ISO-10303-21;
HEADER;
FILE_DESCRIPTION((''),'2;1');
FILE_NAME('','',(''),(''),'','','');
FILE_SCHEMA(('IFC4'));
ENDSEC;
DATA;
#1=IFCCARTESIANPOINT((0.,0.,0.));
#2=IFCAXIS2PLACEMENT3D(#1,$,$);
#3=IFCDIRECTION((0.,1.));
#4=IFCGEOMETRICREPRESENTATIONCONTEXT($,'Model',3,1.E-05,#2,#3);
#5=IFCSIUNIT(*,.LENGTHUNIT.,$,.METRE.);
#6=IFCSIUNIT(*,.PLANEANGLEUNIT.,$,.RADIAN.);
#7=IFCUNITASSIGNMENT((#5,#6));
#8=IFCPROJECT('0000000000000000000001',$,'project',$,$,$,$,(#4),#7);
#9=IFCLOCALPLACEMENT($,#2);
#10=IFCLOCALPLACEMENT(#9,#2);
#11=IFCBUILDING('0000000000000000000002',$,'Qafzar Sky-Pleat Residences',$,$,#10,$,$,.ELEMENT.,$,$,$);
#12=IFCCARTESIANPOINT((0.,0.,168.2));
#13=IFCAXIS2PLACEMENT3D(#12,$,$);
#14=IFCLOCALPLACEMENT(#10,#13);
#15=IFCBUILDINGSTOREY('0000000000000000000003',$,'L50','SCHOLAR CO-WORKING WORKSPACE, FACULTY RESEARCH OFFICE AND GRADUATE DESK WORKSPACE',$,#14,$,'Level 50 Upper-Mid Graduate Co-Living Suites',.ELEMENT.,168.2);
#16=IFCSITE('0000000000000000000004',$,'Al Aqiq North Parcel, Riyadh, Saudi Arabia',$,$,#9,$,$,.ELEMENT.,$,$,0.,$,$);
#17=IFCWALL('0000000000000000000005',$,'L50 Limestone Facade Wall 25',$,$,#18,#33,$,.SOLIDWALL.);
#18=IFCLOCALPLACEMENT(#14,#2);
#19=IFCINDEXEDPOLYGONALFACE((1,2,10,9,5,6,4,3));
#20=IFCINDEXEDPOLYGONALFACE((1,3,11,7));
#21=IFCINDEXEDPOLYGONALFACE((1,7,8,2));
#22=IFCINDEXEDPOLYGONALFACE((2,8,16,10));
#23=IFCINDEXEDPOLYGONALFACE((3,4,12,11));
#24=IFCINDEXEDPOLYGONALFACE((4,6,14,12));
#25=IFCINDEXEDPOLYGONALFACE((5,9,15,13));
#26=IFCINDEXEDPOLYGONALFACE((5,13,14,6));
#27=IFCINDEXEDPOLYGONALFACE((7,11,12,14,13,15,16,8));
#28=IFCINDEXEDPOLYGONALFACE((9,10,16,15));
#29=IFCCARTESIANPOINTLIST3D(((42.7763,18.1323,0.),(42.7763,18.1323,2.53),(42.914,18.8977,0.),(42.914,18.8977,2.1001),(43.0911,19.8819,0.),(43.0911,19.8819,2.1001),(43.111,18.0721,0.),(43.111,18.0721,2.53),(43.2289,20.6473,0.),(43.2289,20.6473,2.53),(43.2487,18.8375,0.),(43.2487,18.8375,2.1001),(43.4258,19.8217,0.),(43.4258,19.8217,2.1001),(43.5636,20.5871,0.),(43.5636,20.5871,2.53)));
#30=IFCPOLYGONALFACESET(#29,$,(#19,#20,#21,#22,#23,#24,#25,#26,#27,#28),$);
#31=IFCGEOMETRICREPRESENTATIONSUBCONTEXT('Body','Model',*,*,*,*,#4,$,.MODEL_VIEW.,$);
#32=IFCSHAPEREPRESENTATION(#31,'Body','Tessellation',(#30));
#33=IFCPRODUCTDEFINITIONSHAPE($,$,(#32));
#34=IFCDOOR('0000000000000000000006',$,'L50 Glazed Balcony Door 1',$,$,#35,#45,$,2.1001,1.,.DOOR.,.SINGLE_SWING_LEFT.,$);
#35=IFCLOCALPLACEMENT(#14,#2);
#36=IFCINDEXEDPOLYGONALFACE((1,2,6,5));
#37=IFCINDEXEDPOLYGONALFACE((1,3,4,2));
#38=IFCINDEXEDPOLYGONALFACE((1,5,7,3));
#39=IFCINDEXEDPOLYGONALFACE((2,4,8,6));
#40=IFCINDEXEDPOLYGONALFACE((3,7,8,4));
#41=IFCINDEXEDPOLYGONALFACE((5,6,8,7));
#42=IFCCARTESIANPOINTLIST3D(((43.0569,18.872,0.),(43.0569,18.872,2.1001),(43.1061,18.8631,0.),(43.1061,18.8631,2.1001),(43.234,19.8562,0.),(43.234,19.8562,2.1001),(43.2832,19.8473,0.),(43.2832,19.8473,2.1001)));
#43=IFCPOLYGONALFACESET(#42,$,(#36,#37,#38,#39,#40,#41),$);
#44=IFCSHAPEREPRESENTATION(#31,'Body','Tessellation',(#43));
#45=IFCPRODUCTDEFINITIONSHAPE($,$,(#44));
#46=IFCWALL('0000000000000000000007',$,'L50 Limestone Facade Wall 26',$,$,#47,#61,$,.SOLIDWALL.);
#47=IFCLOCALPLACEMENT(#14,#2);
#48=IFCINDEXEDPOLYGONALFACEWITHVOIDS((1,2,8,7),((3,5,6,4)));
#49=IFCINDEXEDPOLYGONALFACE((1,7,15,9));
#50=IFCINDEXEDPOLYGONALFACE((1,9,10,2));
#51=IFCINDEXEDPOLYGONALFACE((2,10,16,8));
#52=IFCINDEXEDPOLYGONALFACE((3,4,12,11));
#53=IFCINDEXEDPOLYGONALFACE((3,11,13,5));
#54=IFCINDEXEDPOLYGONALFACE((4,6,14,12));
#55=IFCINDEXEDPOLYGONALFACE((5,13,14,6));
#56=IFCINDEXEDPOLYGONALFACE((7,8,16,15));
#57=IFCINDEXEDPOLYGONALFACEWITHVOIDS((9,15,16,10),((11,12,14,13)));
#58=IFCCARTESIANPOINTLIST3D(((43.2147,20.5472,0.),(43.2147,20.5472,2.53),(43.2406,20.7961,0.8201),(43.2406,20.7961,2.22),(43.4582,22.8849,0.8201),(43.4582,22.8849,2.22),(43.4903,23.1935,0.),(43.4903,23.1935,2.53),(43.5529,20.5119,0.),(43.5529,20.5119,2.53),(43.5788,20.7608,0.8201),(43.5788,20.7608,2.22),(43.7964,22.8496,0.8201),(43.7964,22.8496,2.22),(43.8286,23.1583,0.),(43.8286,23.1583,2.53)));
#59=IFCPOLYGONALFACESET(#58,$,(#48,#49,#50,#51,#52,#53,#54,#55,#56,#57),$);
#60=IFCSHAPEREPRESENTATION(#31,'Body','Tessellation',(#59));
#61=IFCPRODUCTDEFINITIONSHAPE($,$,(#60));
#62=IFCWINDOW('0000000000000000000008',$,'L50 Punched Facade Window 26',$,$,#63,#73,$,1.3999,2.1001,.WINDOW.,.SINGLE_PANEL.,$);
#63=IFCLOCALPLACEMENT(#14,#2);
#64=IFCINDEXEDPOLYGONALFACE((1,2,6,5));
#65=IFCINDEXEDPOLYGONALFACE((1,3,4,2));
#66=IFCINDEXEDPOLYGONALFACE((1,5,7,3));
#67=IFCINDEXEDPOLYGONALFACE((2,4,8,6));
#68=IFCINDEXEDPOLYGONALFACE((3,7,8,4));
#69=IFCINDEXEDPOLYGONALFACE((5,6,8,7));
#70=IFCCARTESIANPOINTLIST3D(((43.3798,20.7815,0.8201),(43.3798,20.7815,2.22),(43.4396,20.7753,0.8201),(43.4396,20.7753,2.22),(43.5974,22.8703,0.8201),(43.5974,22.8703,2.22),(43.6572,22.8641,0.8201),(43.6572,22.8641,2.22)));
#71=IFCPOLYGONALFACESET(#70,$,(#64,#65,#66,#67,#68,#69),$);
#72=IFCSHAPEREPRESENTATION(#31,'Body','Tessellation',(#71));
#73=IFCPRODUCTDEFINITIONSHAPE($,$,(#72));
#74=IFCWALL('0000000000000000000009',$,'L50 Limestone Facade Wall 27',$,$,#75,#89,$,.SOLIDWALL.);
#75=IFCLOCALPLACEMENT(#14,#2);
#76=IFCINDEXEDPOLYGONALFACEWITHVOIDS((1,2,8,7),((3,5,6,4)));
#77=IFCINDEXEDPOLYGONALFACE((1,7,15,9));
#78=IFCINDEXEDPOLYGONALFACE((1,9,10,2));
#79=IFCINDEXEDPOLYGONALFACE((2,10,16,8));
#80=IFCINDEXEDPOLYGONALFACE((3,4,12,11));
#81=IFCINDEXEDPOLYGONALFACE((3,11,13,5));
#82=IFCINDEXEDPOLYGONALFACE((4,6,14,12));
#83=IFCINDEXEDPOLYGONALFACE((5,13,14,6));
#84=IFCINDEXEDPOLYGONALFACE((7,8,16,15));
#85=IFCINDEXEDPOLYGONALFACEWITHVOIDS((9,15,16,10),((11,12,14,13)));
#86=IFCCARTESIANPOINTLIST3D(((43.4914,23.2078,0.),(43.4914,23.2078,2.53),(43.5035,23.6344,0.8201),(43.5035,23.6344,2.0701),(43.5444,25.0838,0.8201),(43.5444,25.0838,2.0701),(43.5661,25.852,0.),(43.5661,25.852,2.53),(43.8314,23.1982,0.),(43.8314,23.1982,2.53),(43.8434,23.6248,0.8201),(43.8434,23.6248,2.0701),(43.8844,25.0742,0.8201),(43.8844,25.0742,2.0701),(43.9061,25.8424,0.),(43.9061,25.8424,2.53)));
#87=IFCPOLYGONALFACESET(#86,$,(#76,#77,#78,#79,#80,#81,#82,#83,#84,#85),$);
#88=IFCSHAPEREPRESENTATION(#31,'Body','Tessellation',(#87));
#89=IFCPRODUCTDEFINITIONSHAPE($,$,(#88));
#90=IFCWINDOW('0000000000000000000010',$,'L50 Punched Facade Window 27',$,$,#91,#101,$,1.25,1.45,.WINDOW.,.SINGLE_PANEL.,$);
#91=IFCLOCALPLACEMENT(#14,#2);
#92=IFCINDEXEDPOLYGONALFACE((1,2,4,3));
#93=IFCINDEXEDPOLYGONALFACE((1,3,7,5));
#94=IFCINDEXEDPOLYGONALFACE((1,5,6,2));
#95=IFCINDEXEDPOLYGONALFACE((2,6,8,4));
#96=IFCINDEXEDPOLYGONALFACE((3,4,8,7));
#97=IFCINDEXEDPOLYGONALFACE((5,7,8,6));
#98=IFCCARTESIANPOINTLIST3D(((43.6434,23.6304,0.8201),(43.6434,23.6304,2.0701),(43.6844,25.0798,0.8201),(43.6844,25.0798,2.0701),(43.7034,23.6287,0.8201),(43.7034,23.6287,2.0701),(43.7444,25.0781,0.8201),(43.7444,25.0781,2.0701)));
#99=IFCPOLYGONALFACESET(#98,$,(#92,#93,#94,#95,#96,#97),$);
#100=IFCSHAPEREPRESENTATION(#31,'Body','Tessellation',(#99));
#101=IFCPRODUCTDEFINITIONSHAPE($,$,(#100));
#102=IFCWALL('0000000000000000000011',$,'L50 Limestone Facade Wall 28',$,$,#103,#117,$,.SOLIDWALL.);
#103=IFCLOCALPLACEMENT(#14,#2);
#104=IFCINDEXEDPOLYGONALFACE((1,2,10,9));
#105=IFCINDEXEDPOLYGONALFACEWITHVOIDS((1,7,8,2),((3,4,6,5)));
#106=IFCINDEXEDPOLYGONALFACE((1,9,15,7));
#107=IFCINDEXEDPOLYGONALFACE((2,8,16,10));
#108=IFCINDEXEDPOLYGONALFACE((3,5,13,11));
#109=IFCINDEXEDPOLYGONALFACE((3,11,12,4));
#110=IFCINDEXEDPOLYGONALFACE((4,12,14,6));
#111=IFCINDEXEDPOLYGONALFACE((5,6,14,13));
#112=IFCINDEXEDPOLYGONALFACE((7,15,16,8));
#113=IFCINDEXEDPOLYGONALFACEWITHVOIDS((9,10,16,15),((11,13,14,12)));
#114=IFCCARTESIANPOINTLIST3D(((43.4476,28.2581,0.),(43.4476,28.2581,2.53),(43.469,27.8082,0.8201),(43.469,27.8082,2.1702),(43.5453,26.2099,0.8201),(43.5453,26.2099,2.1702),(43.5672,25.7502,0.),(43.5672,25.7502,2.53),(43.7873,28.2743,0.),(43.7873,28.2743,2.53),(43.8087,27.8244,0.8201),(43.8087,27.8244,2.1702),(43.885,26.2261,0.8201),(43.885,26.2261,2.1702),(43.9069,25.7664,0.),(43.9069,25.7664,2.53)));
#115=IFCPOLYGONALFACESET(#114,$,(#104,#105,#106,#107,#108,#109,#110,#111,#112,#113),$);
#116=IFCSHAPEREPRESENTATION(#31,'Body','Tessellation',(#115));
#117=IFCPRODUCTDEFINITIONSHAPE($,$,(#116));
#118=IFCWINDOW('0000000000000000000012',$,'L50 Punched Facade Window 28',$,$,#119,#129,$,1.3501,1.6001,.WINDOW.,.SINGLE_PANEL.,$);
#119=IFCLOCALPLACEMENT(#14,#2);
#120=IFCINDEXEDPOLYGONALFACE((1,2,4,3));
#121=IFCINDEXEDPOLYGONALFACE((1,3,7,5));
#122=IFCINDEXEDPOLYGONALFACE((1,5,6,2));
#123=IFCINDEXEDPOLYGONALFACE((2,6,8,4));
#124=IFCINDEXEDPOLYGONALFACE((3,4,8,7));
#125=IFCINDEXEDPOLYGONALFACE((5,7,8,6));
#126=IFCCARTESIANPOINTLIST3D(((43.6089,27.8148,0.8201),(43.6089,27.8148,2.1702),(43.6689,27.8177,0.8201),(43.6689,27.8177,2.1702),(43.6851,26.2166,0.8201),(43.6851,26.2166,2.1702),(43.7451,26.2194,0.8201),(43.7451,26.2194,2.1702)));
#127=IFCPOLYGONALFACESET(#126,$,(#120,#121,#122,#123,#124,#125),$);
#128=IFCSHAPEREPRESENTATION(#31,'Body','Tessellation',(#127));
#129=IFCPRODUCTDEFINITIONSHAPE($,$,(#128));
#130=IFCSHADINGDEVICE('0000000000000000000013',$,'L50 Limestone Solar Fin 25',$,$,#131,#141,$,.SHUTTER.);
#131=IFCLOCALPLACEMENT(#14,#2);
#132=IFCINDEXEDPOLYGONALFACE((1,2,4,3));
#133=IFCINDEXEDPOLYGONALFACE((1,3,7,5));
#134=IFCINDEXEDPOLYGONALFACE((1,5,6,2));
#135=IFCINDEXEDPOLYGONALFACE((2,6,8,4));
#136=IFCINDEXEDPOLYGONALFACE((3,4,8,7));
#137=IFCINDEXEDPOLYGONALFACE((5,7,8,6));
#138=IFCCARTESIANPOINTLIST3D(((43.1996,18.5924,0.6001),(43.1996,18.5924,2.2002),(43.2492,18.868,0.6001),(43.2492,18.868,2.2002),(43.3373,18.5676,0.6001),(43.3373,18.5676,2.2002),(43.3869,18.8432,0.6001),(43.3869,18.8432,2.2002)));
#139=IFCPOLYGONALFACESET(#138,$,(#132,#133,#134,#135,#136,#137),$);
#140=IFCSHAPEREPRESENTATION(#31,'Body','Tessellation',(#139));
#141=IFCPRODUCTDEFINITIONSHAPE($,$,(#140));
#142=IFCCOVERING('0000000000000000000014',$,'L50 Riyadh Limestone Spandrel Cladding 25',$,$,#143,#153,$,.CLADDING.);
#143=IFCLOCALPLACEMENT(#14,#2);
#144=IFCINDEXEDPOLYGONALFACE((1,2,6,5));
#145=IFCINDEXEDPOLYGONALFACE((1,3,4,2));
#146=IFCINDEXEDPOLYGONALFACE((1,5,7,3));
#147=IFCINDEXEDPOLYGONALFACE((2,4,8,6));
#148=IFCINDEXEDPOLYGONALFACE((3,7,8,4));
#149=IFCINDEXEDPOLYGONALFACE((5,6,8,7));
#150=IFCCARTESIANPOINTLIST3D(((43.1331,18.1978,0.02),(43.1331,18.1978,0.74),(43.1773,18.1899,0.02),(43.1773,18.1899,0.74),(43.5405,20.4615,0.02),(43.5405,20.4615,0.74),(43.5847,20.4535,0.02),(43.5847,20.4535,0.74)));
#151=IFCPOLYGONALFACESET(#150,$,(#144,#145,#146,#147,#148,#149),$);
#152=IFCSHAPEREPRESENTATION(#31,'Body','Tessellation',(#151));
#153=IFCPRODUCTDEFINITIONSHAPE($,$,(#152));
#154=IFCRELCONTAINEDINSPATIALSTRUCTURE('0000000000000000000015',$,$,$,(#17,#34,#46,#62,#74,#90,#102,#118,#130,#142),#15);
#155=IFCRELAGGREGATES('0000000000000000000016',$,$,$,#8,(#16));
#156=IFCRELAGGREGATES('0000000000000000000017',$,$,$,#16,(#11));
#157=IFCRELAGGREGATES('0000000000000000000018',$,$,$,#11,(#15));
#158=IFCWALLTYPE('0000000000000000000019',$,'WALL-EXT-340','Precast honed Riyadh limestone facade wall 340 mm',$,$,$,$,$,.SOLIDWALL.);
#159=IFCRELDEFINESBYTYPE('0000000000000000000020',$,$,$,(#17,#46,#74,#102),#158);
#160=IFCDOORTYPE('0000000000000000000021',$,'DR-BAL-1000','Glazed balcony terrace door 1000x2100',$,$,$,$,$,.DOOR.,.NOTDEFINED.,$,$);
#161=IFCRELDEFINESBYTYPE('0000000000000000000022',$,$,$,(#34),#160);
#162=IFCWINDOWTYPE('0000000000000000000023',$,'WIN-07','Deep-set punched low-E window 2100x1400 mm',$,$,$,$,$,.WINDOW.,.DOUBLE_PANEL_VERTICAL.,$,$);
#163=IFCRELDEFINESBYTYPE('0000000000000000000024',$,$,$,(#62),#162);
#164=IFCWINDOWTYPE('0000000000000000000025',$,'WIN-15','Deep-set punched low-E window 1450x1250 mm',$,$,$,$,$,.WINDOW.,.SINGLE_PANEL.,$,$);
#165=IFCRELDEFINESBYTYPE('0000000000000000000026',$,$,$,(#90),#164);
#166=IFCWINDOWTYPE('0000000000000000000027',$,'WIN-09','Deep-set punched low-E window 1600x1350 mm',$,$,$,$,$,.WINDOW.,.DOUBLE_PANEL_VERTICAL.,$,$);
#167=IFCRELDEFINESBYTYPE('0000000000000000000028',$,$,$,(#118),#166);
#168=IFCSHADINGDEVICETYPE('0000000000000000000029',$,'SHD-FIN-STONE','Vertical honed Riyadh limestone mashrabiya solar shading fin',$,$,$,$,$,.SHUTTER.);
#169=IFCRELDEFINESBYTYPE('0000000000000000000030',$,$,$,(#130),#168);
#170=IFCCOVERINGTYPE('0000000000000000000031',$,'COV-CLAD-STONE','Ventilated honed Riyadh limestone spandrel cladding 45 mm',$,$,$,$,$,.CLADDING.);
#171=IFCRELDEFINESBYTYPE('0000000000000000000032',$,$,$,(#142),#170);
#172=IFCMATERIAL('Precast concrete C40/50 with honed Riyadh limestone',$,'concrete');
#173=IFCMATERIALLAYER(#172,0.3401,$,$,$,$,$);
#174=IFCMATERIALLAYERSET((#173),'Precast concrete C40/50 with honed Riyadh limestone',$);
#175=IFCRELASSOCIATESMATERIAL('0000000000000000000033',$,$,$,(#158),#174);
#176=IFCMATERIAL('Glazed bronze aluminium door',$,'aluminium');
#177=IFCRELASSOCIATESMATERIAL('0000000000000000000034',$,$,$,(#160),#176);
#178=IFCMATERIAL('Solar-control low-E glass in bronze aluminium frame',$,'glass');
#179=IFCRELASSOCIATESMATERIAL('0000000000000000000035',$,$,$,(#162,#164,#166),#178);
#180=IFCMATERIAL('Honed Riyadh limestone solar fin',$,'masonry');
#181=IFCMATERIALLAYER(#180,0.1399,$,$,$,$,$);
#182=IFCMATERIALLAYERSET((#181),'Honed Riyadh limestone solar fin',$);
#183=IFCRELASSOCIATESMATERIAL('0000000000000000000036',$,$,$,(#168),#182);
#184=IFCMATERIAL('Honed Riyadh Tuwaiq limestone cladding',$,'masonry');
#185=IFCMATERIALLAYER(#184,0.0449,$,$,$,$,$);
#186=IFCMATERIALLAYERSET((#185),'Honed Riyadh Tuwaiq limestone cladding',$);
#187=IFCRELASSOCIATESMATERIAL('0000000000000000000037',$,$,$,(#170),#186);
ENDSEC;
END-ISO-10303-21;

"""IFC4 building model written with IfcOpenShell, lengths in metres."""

from ifc_helpers import new_model, si_unit, direction, frame, frame_2d, origin, origin_2d, place, context, subcontext, project, spatial, rectangle, extrude, source, transform, mapped, material, layer, layer_set, type_object, element, fill, save


model = new_model("IFC4")

# Units and contexts
model_context = context("Model", 3, precision=1e-05, world=origin(), true_north=direction((0.0, 1.0)))
body_context = subcontext(model_context, "Body", "Model", "MODEL_VIEW")
ifc_project = project(units=[si_unit("LENGTHUNIT", "METRE"), si_unit("PLANEANGLEUNIT", "RADIAN")], contexts=[model_context])

# Site, building, storey
site_placement = place(None, origin())
site = spatial("IfcSite", under=ifc_project, at=site_placement, Name="Al Aqiq North Parcel, Riyadh, Saudi Arabia", CompositionType="ELEMENT", RefElevation=0.0)
building_placement = place(site_placement, origin())
building = spatial("IfcBuilding", under=site, at=building_placement, Name="Qafzar Sky-Pleat Residences", CompositionType="ELEMENT")
storey_placement = place(building_placement, frame((0.0, 0.0, 168.2)))
storey = spatial("IfcBuildingStorey", under=building, at=storey_placement, Name="L50", Description="SCHOLAR CO-WORKING WORKSPACE, FACULTY RESEARCH OFFICE AND GRADUATE DESK WORKSPACE", LongName="Level 50 Upper-Mid Graduate Co-Living Suites", CompositionType="ELEMENT", Elevation=168.2)

# Wall, opening, door
ifc_material_1 = material(Name="Precast concrete C40/50 with honed Riyadh limestone", Category="concrete")
ifc_layer_1 = layer(ifc_material_1, 0.3401)
ifc_layer_set_1 = layer_set([ifc_layer_1], Name="Precast concrete C40/50 with honed Riyadh limestone")
wall_type_1 = type_object("IfcWallType", Name="WALL-EXT-340", Description="Precast honed Riyadh limestone facade wall 340 mm", PredefinedType="SOLIDWALL", material=ifc_layer_set_1)
wall_1_placement = place(storey_placement, frame((42.9436, 18.1021, 0.0), z_axis=(0.0, 0.0, 1.0), x_axis=(0.17712, 0.984189, 0.0)))
wall_1 = element("IfcWall", 1, at=wall_1_placement, inside=storey, type_object=wall_type_1, Name="L50 Limestone Facade Wall 25", PredefinedType="SOLIDWALL", context=body_context, shape_type="SweptSolid", body=[
    extrude(rectangle(XDim=2.5554, YDim=0.3401, at=frame_2d((1.2778, 0.0))), origin(), (0.0, 0.0, 1.0), 2.53),
])
opening_1_placement = place(wall_1_placement, frame((0.7778, 0.0, 0.0)))
opening_1 = element("IfcOpeningElement", 2, at=opening_1_placement, cuts=wall_1, PredefinedType="OPENING", context=body_context, shape_type="SweptSolid", body=[
    extrude(rectangle(XDim=1.0, YDim=2.1001, at=frame_2d((0.5, 1.05))), frame((0.0, 0.1802, 0.0), z_axis=(0.0, -1.0, 0.0), x_axis=(1.0, 0.0, 0.0)), (0.0, 0.0, 1.0), 0.3601),
])
ifc_material_2 = material(Name="Glazed bronze aluminium door", Category="aluminium")
door_type_1 = type_object("IfcDoorType", Name="DR-BAL-1000", Description="Glazed balcony terrace door 1000x2100", OperationType="NOTDEFINED", PredefinedType="DOOR", material=ifc_material_2)
shared_shape_1 = source(origin(), body_context, "Body", "SweptSolid", [
    extrude(rectangle(XDim=1.0, YDim=2.1001, at=frame_2d((0.5, 1.05))), frame((0.0, 0.0249, 0.0), z_axis=(0.0, -1.0, 0.0), x_axis=(1.0, 0.0, 0.0)), (0.0, 0.0, 1.0), 0.05),
])
door_1_placement = place(opening_1_placement, origin())
door_1 = element("IfcDoor", 3, at=door_1_placement, inside=storey, type_object=door_type_1, Name="L50 Glazed Balcony Door 1", OperationType="SINGLE_SWING_LEFT", OverallHeight=2.1001, OverallWidth=1.0, PredefinedType="DOOR", context=body_context, shape_type="MappedRepresentation", body=[
    mapped(shared_shape_1, transform((0.0, 0.0, 0.0), x_axis=(1.0, 0.0, 0.0), y_axis=(0.0, 1.0, 0.0), z_axis=(0.0, 0.0, 1.0), scale=1.0)),
])
fill(opening_1, door_1)

# Walls, openings, windows
wall_2_placement = place(storey_placement, frame((43.3838, 20.5295, 0.0), z_axis=(0.0, 0.0, 1.0), x_axis=(0.1036, 0.994619, 0.0)))
wall_2 = element("IfcWall", 4, at=wall_2_placement, inside=storey, type_object=wall_type_1, Name="L50 Limestone Facade Wall 26", PredefinedType="SOLIDWALL", context=body_context, shape_type="SweptSolid", body=[
    extrude(rectangle(XDim=2.6606, YDim=0.3401, at=frame_2d((1.3303, 0.0))), origin(), (0.0, 0.0, 1.0), 2.53),
])
opening_2_placement = place(wall_2_placement, frame((0.2502, 0.0, 0.8201)))
opening_2 = element("IfcOpeningElement", 5, at=opening_2_placement, cuts=wall_2, PredefinedType="OPENING", context=body_context, shape_type="SweptSolid", body=[
    extrude(rectangle(XDim=2.1001, YDim=1.3999, at=frame_2d((1.05, 0.7))), frame((0.0, 0.1802, 0.0), z_axis=(0.0, -1.0, 0.0), x_axis=(1.0, 0.0, 0.0)), (0.0, 0.0, 1.0), 0.3601),
])
ifc_material_3 = material(Name="Solar-control low-E glass in bronze aluminium frame", Category="glass")
window_type_1 = type_object("IfcWindowType", Name="WIN-07", Description="Deep-set punched low-E window 2100x1400 mm", PartitioningType="DOUBLE_PANEL_VERTICAL", PredefinedType="WINDOW", material=ifc_material_3)
shared_shape_2 = source(origin(), body_context, "Body", "SweptSolid", [
    extrude(rectangle(XDim=2.1001, YDim=1.3999, at=frame_2d((1.05, 0.7))), frame((0.0, 0.03, 0.0), z_axis=(0.0, -1.0, 0.0), x_axis=(1.0, 0.0, 0.0)), (0.0, 0.0, 1.0), 0.0601),
])
window_1_placement = place(opening_2_placement, origin())
window_1 = element("IfcWindow", 6, at=window_1_placement, inside=storey, type_object=window_type_1, Name="L50 Punched Facade Window 26", OverallHeight=1.3999, OverallWidth=2.1001, PartitioningType="SINGLE_PANEL", PredefinedType="WINDOW", context=body_context, shape_type="MappedRepresentation", body=[
    mapped(shared_shape_2, transform((0.0, 0.0, 0.0), x_axis=(1.0, 0.0, 0.0), y_axis=(0.0, 1.0, 0.0), z_axis=(0.0, 0.0, 1.0), scale=1.0)),
])
fill(opening_2, window_1)
wall_3_placement = place(storey_placement, frame((43.6614, 23.2029, 0.0), z_axis=(0.0, 0.0, 1.0), x_axis=(0.028241, 0.999601, 0.0)))
wall_3 = element("IfcWall", 7, at=wall_3_placement, inside=storey, type_object=wall_type_1, Name="L50 Limestone Facade Wall 27", PredefinedType="SOLIDWALL", context=body_context, shape_type="SweptSolid", body=[
    extrude(rectangle(XDim=2.6453, YDim=0.3401, at=frame_2d((1.3228, 0.0))), origin(), (0.0, 0.0, 1.0), 2.53),
])
opening_3_placement = place(wall_3_placement, frame((0.4268, 0.0, 0.8201)))
opening_3 = element("IfcOpeningElement", 8, at=opening_3_placement, cuts=wall_3, PredefinedType="OPENING", context=body_context, shape_type="SweptSolid", body=[
    extrude(rectangle(XDim=1.45, YDim=1.25, at=frame_2d((0.7251, 0.625))), frame((0.0, 0.1802, 0.0), z_axis=(0.0, -1.0, 0.0), x_axis=(1.0, 0.0, 0.0)), (0.0, 0.0, 1.0), 0.3601),
])
window_type_2 = type_object("IfcWindowType", Name="WIN-15", Description="Deep-set punched low-E window 1450x1250 mm", PartitioningType="SINGLE_PANEL", PredefinedType="WINDOW", material=ifc_material_3)
shared_shape_3 = source(origin(), body_context, "Body", "SweptSolid", [
    extrude(rectangle(XDim=1.45, YDim=1.25, at=frame_2d((0.7251, 0.625))), frame((0.0, 0.03, 0.0), z_axis=(0.0, -1.0, 0.0), x_axis=(1.0, 0.0, 0.0)), (0.0, 0.0, 1.0), 0.0601),
])
window_2_placement = place(opening_3_placement, origin())
window_2 = element("IfcWindow", 9, at=window_2_placement, inside=storey, type_object=window_type_2, Name="L50 Punched Facade Window 27", OverallHeight=1.25, OverallWidth=1.45, PartitioningType="SINGLE_PANEL", PredefinedType="WINDOW", context=body_context, shape_type="MappedRepresentation", body=[
    mapped(shared_shape_3, transform((0.0, 0.0, 0.0), x_axis=(1.0, 0.0, 0.0), y_axis=(0.0, 1.0, 0.0), z_axis=(0.0, 0.0, 1.0), scale=1.0)),
])
fill(opening_3, window_2)
wall_4_placement = place(storey_placement, frame((43.7371, 25.7583, 0.0), z_axis=(0.0, 0.0, 1.0), x_axis=(-0.047648, 0.998864, 0.0)))
wall_4 = element("IfcWall", 10, at=wall_4_placement, inside=storey, type_object=wall_type_1, Name="L50 Limestone Facade Wall 28", PredefinedType="SOLIDWALL", context=body_context, shape_type="SweptSolid", body=[
    extrude(rectangle(XDim=2.5107, YDim=0.3401, at=frame_2d((1.2554, 0.0))), origin(), (0.0, 0.0, 1.0), 2.53),
])
opening_4_placement = place(wall_4_placement, frame((0.4602, 0.0, 0.8201)))
opening_4 = element("IfcOpeningElement", 11, at=opening_4_placement, cuts=wall_4, PredefinedType="OPENING", context=body_context, shape_type="SweptSolid", body=[
    extrude(rectangle(XDim=1.6001, YDim=1.3501, at=frame_2d((0.8, 0.675))), frame((0.0, 0.1802, 0.0), z_axis=(0.0, -1.0, 0.0), x_axis=(1.0, 0.0, 0.0)), (0.0, 0.0, 1.0), 0.3601),
])
window_type_3 = type_object("IfcWindowType", Name="WIN-09", Description="Deep-set punched low-E window 1600x1350 mm", PartitioningType="DOUBLE_PANEL_VERTICAL", PredefinedType="WINDOW", material=ifc_material_3)
shared_shape_4 = source(origin(), body_context, "Body", "SweptSolid", [
    extrude(rectangle(XDim=1.6001, YDim=1.3501, at=frame_2d((0.8, 0.675))), frame((0.0, 0.03, 0.0), z_axis=(0.0, -1.0, 0.0), x_axis=(1.0, 0.0, 0.0)), (0.0, 0.0, 1.0), 0.0601),
])
window_3_placement = place(opening_4_placement, origin())
window_3 = element("IfcWindow", 12, at=window_3_placement, inside=storey, type_object=window_type_3, Name="L50 Punched Facade Window 28", OverallHeight=1.3501, OverallWidth=1.6001, PartitioningType="SINGLE_PANEL", PredefinedType="WINDOW", context=body_context, shape_type="MappedRepresentation", body=[
    mapped(shared_shape_4, transform((0.0, 0.0, 0.0), x_axis=(1.0, 0.0, 0.0), y_axis=(0.0, 1.0, 0.0), z_axis=(0.0, 0.0, 1.0), scale=1.0)),
])
fill(opening_4, window_3)

# Shading device
ifc_material_4 = material(Name="Honed Riyadh limestone solar fin", Category="masonry")
ifc_layer_2 = layer(ifc_material_4, 0.1399)
ifc_layer_set_2 = layer_set([ifc_layer_2], Name="Honed Riyadh limestone solar fin")
shading_device_type = type_object("IfcShadingDeviceType", Name="SHD-FIN-STONE", Description="Vertical honed Riyadh limestone mashrabiya solar shading fin", PredefinedType="SHUTTER", material=ifc_layer_set_2)
shared_shape_5 = source(origin(), body_context, "Body", "SweptSolid", [
    extrude(rectangle(XDim=0.1399, YDim=0.28, at=origin_2d()), origin(), (0.0, 0.0, 1.0), 1.6001),
])
shading_device_placement = place(storey_placement, frame((43.2932, 18.7178, 0.6001), z_axis=(0.0, 0.0, 1.0), x_axis=(0.984187, -0.177133, 0.0)))
element("IfcShadingDevice", 13, at=shading_device_placement, inside=storey, type_object=shading_device_type, Name="L50 Limestone Solar Fin 25", PredefinedType="SHUTTER", context=body_context, shape_type="MappedRepresentation", body=[
    mapped(shared_shape_5, transform((0.0, 0.0, 0.0), x_axis=(1.0, 0.0, 0.0), y_axis=(0.0, 1.0, 0.0), z_axis=(0.0, 0.0, 1.0), scale=1.0)),
])

# Covering
ifc_material_5 = material(Name="Honed Riyadh Tuwaiq limestone cladding", Category="masonry")
ifc_layer_3 = layer(ifc_material_5, 0.0449)
ifc_layer_set_3 = layer_set([ifc_layer_3], Name="Honed Riyadh Tuwaiq limestone cladding")
covering_type = type_object("IfcCoveringType", Name="COV-CLAD-STONE", Description="Ventilated honed Riyadh limestone spandrel cladding 45 mm", PredefinedType="CLADDING", material=ifc_layer_set_3)
shared_shape_6 = source(origin(), body_context, "Body", "SweptSolid", [
    extrude(rectangle(XDim=2.3, YDim=0.0449, at=origin_2d()), origin(), (0.0, 0.0, 1.0), 0.72),
])
covering_placement = place(storey_placement, frame((43.3589, 19.3257, 0.02), z_axis=(0.0, 0.0, 1.0), x_axis=(0.177146, 0.984185, 0.0)))
element("IfcCovering", 14, at=covering_placement, inside=storey, type_object=covering_type, Name="L50 Riyadh Limestone Spandrel Cladding 25", PredefinedType="CLADDING", context=body_context, shape_type="MappedRepresentation", body=[
    mapped(shared_shape_6, transform((0.0, 0.0, 0.0), x_axis=(1.0, 0.0, 0.0), y_axis=(0.0, 1.0, 0.0), z_axis=(0.0, 0.0, 1.0), scale=1.0)),
])

save(model, "model.ifc")
